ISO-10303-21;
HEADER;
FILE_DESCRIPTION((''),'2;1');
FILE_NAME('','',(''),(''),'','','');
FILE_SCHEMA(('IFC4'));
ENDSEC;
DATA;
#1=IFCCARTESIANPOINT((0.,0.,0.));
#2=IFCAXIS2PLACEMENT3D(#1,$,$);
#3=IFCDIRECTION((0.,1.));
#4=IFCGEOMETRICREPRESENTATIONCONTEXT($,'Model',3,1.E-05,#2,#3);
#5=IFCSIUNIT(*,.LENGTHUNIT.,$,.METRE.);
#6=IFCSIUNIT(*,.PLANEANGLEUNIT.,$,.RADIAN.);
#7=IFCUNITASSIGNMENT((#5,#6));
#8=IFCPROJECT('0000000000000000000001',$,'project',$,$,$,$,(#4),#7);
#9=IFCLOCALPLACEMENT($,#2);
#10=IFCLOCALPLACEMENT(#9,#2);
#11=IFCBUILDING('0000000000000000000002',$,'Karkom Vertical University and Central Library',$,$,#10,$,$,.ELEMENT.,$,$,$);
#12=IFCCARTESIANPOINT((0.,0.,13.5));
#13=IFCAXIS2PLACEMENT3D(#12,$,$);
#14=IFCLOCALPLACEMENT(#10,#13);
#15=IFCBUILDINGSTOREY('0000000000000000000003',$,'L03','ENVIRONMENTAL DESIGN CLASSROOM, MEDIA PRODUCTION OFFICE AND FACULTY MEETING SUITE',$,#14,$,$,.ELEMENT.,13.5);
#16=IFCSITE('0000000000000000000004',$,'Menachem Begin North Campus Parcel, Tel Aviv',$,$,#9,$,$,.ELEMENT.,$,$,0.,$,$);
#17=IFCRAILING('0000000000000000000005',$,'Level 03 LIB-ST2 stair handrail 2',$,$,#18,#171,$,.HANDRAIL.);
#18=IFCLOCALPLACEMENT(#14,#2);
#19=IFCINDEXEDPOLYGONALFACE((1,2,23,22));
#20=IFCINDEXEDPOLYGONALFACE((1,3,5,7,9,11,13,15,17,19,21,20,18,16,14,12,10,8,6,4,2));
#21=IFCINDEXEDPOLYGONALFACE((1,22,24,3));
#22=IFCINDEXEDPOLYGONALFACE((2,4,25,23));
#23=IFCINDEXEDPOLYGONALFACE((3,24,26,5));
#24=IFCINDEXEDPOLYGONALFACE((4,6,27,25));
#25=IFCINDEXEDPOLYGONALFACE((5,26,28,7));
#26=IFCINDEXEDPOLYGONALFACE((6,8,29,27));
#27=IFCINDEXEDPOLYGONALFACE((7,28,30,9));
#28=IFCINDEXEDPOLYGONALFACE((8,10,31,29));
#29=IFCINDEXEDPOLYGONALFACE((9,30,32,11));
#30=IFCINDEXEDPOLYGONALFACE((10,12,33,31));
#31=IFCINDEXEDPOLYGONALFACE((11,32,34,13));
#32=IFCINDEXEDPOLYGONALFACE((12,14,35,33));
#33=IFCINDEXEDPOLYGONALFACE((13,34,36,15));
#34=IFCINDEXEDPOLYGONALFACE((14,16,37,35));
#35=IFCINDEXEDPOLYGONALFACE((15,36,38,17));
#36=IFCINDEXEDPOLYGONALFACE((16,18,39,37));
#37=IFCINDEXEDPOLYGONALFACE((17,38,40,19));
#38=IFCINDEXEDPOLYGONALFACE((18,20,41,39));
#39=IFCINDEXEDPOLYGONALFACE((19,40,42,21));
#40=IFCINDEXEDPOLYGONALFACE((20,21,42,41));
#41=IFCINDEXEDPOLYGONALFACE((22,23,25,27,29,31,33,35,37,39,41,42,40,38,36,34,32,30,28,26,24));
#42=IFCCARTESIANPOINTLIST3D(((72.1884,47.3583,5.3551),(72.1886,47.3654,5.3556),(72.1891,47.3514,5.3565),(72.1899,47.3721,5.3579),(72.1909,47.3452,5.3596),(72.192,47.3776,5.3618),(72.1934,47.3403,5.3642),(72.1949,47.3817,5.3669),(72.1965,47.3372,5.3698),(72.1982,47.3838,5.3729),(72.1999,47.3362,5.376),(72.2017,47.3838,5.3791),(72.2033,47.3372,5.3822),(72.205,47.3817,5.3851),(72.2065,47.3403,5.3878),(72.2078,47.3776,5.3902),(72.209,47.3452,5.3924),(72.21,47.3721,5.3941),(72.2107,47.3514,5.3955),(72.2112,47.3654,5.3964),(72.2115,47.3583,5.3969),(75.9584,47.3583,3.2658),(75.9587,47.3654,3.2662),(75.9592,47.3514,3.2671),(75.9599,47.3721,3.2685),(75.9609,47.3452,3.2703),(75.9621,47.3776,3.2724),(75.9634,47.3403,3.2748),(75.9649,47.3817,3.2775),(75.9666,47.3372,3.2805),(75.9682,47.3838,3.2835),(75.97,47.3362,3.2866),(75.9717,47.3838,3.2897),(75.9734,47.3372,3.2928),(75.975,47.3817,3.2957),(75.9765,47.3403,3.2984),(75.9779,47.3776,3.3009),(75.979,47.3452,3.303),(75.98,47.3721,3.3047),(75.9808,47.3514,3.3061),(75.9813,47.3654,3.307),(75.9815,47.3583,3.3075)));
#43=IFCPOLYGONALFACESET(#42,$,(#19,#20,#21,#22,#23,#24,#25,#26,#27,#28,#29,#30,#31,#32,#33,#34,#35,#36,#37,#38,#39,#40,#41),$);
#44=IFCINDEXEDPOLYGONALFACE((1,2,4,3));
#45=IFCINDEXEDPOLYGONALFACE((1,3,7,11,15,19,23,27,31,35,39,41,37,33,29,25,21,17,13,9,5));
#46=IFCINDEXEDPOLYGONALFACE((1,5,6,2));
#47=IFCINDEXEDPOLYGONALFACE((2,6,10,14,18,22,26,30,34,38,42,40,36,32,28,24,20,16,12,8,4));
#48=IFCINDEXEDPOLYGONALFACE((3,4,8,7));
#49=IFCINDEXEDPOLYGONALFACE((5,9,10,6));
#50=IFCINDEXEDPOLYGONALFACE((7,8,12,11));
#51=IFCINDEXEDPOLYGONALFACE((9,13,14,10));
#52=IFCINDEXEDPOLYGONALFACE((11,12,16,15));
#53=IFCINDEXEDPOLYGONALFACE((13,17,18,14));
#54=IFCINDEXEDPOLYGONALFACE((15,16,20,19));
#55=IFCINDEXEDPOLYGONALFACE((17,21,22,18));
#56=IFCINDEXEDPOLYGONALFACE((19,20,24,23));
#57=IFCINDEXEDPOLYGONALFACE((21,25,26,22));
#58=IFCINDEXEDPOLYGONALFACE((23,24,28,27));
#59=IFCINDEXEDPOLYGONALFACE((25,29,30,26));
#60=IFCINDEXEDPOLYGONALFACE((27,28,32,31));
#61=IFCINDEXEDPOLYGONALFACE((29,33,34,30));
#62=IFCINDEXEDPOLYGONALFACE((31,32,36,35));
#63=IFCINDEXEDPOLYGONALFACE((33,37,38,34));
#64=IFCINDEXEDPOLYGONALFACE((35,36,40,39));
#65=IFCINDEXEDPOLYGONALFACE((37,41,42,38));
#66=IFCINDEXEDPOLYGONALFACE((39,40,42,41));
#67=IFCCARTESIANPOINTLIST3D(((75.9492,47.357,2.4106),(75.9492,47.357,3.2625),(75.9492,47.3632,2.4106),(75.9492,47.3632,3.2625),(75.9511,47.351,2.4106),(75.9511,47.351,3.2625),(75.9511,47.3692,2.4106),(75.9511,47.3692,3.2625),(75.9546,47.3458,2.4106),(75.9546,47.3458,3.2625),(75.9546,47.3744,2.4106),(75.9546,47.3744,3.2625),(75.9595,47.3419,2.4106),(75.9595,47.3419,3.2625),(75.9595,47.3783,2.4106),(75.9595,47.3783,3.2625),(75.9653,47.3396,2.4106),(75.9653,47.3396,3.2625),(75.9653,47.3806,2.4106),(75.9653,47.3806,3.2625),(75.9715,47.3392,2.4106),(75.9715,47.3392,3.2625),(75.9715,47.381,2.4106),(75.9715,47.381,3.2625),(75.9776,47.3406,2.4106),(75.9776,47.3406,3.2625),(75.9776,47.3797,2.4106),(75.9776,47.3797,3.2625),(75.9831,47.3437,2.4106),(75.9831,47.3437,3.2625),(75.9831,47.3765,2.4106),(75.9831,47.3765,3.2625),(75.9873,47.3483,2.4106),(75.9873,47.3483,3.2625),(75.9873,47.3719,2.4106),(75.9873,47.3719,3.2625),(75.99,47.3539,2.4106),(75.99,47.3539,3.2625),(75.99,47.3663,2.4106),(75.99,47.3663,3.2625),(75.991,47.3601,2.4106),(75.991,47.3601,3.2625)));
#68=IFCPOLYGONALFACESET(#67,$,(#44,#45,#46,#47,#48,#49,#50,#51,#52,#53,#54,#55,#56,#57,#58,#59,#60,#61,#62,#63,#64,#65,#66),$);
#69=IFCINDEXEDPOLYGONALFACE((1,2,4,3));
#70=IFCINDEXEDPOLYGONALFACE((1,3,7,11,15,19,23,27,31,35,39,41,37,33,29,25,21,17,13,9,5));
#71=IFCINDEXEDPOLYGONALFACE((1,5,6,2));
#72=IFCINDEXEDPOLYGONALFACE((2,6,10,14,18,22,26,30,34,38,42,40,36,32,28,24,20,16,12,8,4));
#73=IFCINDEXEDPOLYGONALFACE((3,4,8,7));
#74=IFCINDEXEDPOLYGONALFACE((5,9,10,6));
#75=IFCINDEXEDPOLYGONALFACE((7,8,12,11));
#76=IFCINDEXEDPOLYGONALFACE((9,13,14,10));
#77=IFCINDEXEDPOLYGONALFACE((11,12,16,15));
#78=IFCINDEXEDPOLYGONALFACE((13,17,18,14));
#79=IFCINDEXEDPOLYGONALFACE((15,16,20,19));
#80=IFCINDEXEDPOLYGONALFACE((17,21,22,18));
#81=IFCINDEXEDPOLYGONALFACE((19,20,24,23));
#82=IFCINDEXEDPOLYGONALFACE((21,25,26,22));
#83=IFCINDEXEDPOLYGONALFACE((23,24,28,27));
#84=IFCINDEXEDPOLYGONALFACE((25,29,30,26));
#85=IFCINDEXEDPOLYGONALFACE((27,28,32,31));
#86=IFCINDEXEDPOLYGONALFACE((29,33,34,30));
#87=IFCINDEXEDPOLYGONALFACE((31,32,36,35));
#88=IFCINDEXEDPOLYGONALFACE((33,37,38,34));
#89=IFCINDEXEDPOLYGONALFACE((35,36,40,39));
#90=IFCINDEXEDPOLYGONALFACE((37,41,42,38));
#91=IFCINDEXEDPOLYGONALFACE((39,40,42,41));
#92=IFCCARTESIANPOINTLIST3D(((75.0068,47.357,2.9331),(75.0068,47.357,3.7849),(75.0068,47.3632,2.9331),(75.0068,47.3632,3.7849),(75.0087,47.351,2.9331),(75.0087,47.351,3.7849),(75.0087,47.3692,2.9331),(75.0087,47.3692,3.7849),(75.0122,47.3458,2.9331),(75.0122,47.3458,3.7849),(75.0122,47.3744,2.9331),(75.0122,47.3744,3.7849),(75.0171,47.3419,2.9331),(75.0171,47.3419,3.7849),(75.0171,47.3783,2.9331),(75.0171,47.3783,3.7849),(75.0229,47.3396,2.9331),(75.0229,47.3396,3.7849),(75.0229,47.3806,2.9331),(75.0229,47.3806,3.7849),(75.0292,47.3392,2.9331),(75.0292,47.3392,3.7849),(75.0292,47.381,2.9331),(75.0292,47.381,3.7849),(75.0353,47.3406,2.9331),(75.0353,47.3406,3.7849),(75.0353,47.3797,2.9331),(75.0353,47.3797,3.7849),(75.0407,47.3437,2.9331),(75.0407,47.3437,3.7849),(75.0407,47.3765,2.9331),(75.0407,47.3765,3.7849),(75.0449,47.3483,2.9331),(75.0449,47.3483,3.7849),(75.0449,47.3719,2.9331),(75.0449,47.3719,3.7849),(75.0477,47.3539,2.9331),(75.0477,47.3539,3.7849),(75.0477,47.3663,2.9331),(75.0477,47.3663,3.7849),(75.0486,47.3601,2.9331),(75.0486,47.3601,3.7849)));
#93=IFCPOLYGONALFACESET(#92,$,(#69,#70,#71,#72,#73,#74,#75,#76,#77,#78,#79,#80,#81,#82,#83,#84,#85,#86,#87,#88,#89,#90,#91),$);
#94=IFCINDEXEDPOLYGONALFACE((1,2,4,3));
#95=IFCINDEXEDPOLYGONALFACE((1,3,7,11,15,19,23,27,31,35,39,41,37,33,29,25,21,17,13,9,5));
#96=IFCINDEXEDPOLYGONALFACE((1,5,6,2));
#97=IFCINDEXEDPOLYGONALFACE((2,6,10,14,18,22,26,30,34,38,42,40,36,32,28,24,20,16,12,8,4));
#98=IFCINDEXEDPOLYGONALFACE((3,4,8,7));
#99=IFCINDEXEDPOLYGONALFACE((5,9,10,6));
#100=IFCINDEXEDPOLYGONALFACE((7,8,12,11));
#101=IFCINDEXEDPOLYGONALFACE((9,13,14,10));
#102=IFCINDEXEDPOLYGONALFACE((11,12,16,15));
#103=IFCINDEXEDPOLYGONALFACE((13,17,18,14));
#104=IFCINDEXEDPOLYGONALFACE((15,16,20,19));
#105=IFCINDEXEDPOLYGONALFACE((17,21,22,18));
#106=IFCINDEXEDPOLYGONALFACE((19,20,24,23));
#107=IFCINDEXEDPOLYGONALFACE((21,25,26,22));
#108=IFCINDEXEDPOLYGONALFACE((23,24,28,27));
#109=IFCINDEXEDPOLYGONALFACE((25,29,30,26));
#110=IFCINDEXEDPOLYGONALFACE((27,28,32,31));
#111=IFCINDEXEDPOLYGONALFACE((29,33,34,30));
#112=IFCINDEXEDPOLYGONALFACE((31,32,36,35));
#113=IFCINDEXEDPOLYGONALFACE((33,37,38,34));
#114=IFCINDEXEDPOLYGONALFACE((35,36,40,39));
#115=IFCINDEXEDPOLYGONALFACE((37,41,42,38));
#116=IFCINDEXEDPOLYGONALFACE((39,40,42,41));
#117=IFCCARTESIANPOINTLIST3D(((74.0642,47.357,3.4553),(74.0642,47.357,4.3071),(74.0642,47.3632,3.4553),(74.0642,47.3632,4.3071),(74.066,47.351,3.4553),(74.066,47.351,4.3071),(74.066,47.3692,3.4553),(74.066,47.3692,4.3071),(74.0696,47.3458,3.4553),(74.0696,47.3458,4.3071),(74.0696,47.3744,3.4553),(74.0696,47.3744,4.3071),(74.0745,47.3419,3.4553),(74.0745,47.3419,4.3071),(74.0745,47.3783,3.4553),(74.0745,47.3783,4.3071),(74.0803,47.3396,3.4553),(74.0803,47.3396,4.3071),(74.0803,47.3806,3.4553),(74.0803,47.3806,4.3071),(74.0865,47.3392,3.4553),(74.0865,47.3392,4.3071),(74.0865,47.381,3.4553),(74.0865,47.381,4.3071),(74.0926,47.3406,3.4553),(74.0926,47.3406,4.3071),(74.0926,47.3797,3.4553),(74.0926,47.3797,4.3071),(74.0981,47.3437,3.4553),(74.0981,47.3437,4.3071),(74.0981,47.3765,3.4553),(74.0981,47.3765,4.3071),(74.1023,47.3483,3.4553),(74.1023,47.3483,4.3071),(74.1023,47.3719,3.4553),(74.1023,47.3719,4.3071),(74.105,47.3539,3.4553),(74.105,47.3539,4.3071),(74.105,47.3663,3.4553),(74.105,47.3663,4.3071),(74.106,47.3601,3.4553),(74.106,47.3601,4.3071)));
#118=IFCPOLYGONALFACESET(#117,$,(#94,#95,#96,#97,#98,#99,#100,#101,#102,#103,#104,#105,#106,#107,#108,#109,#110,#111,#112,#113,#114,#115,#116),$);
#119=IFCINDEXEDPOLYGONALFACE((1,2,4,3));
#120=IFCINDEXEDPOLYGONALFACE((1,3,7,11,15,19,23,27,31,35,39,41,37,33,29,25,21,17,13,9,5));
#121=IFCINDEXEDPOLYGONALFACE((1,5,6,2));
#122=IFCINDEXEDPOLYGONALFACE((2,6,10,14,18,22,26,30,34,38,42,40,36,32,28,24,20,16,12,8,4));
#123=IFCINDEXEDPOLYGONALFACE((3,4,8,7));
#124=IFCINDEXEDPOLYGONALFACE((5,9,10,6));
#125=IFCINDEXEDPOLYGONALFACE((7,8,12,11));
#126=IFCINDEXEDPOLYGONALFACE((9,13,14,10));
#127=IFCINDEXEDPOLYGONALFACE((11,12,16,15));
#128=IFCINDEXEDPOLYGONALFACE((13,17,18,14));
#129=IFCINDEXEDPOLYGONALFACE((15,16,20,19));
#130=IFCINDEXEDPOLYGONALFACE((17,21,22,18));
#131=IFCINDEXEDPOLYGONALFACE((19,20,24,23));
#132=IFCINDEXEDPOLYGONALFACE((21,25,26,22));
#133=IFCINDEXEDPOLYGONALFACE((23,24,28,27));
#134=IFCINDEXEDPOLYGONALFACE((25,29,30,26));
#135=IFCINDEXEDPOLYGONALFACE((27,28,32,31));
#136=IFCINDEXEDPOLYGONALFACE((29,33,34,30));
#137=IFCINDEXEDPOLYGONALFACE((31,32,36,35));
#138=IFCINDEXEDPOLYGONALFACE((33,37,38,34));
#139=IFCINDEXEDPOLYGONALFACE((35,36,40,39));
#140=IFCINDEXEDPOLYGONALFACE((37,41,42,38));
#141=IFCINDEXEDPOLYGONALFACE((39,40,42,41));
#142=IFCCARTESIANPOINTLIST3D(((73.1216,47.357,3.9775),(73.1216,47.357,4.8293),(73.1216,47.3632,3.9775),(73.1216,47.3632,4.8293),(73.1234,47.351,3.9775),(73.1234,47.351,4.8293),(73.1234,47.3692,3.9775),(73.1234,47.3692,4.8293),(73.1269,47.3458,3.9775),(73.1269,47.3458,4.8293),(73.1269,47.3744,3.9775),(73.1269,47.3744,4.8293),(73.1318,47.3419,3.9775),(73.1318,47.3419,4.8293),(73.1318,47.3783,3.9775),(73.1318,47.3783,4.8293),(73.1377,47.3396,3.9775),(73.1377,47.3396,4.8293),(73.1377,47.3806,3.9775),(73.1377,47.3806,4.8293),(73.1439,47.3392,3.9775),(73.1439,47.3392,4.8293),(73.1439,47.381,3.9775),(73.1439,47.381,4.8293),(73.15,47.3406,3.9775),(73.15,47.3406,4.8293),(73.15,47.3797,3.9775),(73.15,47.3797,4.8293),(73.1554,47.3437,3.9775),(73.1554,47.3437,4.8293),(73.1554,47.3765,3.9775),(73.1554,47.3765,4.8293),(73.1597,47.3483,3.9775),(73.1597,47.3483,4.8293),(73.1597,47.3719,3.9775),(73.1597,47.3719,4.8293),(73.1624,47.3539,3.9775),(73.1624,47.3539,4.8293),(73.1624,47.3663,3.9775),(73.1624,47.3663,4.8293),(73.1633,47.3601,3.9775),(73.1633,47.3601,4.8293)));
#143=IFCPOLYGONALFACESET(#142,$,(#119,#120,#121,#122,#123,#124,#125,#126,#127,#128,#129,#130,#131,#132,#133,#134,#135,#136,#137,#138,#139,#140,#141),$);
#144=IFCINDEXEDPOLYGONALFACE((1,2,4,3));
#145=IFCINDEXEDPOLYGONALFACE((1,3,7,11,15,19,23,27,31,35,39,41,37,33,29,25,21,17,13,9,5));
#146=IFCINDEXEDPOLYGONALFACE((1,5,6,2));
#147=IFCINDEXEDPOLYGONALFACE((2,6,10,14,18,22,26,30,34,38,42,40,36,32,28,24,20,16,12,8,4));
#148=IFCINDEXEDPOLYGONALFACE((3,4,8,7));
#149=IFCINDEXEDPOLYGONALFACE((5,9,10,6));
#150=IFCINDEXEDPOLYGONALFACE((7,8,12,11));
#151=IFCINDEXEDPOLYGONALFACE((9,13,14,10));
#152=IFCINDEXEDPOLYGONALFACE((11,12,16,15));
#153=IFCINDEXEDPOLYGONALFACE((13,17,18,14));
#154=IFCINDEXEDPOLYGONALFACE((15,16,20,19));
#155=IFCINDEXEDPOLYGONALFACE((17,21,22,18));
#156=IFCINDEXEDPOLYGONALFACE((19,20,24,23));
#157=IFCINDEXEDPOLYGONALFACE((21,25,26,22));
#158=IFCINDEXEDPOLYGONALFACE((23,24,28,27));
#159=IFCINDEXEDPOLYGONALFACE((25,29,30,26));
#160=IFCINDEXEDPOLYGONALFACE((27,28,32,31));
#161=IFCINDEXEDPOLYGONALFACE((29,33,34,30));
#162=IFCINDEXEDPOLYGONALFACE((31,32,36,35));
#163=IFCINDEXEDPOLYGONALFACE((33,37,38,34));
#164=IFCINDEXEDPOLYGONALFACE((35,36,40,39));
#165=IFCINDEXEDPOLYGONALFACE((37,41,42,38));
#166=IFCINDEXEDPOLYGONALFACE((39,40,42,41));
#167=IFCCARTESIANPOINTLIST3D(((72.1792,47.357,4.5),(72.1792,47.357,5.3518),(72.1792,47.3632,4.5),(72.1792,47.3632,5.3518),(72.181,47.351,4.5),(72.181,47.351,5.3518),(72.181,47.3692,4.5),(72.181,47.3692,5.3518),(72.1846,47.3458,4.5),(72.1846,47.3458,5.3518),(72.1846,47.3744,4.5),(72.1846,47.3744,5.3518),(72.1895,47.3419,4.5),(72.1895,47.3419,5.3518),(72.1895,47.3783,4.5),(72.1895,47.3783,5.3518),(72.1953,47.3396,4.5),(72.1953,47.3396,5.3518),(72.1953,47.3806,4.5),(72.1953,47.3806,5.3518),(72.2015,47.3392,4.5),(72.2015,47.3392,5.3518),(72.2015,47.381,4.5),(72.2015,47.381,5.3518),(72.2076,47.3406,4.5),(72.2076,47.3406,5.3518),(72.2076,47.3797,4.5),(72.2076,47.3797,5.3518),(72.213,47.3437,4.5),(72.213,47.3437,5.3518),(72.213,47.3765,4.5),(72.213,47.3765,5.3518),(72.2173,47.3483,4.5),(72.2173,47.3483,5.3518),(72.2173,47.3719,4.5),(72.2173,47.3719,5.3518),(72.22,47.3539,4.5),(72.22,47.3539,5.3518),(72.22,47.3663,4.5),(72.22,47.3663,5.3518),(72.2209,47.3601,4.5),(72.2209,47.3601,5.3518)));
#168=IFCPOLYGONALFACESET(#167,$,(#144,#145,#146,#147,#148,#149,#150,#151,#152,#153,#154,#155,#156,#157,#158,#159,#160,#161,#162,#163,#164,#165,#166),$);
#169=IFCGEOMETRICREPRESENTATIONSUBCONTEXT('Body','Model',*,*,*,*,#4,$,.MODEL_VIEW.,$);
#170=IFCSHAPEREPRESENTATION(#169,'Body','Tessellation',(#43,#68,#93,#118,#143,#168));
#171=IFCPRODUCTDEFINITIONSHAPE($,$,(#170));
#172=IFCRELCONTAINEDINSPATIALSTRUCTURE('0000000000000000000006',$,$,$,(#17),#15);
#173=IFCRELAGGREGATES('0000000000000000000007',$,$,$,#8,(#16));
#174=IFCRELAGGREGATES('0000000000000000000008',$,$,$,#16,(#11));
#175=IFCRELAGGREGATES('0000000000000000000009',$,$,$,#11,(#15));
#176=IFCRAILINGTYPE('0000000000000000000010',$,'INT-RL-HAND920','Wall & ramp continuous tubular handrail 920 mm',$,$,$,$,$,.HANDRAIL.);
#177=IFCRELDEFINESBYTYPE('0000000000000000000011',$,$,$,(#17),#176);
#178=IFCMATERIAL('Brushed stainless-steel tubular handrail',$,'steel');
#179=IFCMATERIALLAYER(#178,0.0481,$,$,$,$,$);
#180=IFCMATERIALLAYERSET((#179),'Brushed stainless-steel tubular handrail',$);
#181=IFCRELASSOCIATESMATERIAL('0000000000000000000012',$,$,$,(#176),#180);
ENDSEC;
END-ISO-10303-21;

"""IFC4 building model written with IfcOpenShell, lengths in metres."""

from ifc_helpers import new_model, si_unit, direction, frame, origin, origin_2d, place, context, subcontext, project, spatial, circle, extrude, material, layer, layer_set, type_object, element, save


model = new_model("IFC4")

# Units and contexts
model_context = context("Model", 3, precision=1e-05, world=origin(), true_north=direction((0.0, 1.0)))
body_context = subcontext(model_context, "Body", "Model", "MODEL_VIEW")
ifc_project = project(units=[si_unit("LENGTHUNIT", "METRE"), si_unit("PLANEANGLEUNIT", "RADIAN")], contexts=[model_context])

# Site, building, storey
site_placement = place(None, origin())
site = spatial("IfcSite", under=ifc_project, at=site_placement, Name="Menachem Begin North Campus Parcel, Tel Aviv", CompositionType="ELEMENT", RefElevation=0.0)
building_placement = place(site_placement, origin())
building = spatial("IfcBuilding", under=site, at=building_placement, Name="Karkom Vertical University and Central Library", CompositionType="ELEMENT")
storey_placement = place(building_placement, frame((0.0, 0.0, 13.5)))
storey = spatial("IfcBuildingStorey", under=building, at=storey_placement, Name="L03", Description="ENVIRONMENTAL DESIGN CLASSROOM, MEDIA PRODUCTION OFFICE AND FACULTY MEETING SUITE", CompositionType="ELEMENT", Elevation=13.5)

# Railing
ifc_material_1 = material(Name="Brushed stainless-steel tubular handrail", Category="steel")
ifc_layer_1 = layer(ifc_material_1, 0.0481)
ifc_layer_set_1 = layer_set([ifc_layer_1], Name="Brushed stainless-steel tubular handrail")
railing_type_1 = type_object("IfcRailingType", Name="INT-RL-HAND920", Description="Wall & ramp continuous tubular handrail 920 mm", PredefinedType="HANDRAIL", material=ifc_layer_set_1)
railing_1_placement = place(storey_placement, frame((75.97, 47.3601, 2.4106)))
element("IfcRailing", 1, at=railing_1_placement, inside=storey, type_object=railing_type_1, Name="Level 03 LIB-ST2 stair handrail 2", PredefinedType="HANDRAIL", context=body_context, shape_type="SweptSolid", body=[
    extrude(circle(Radius=0.0239, at=origin_2d()), frame((0.0, 0.0, 0.876), z_axis=(-0.874659, 0.0, 0.484739), x_axis=(0.0, -1.0, 0.0)), (0.0, 0.0, 1.0), 4.3103),
    extrude(circle(Radius=0.021, at=origin_2d()), origin(), (0.0, 0.0, 1.0), 0.8518),
    extrude(circle(Radius=0.021, at=origin_2d()), frame((-0.9424, 0.0, 0.5225)), (0.0, 0.0, 1.0), 0.8518),
    extrude(circle(Radius=0.021, at=origin_2d()), frame((-1.885, 0.0, 1.0447)), (0.0, 0.0, 1.0), 0.8518),
    extrude(circle(Radius=0.021, at=origin_2d()), frame((-2.8276, 0.0, 1.5669)), (0.0, 0.0, 1.0), 0.8518),
    extrude(circle(Radius=0.021, at=origin_2d()), frame((-3.77, 0.0, 2.0894)), (0.0, 0.0, 1.0), 0.8518),
])

save(model, "model.ifc")
